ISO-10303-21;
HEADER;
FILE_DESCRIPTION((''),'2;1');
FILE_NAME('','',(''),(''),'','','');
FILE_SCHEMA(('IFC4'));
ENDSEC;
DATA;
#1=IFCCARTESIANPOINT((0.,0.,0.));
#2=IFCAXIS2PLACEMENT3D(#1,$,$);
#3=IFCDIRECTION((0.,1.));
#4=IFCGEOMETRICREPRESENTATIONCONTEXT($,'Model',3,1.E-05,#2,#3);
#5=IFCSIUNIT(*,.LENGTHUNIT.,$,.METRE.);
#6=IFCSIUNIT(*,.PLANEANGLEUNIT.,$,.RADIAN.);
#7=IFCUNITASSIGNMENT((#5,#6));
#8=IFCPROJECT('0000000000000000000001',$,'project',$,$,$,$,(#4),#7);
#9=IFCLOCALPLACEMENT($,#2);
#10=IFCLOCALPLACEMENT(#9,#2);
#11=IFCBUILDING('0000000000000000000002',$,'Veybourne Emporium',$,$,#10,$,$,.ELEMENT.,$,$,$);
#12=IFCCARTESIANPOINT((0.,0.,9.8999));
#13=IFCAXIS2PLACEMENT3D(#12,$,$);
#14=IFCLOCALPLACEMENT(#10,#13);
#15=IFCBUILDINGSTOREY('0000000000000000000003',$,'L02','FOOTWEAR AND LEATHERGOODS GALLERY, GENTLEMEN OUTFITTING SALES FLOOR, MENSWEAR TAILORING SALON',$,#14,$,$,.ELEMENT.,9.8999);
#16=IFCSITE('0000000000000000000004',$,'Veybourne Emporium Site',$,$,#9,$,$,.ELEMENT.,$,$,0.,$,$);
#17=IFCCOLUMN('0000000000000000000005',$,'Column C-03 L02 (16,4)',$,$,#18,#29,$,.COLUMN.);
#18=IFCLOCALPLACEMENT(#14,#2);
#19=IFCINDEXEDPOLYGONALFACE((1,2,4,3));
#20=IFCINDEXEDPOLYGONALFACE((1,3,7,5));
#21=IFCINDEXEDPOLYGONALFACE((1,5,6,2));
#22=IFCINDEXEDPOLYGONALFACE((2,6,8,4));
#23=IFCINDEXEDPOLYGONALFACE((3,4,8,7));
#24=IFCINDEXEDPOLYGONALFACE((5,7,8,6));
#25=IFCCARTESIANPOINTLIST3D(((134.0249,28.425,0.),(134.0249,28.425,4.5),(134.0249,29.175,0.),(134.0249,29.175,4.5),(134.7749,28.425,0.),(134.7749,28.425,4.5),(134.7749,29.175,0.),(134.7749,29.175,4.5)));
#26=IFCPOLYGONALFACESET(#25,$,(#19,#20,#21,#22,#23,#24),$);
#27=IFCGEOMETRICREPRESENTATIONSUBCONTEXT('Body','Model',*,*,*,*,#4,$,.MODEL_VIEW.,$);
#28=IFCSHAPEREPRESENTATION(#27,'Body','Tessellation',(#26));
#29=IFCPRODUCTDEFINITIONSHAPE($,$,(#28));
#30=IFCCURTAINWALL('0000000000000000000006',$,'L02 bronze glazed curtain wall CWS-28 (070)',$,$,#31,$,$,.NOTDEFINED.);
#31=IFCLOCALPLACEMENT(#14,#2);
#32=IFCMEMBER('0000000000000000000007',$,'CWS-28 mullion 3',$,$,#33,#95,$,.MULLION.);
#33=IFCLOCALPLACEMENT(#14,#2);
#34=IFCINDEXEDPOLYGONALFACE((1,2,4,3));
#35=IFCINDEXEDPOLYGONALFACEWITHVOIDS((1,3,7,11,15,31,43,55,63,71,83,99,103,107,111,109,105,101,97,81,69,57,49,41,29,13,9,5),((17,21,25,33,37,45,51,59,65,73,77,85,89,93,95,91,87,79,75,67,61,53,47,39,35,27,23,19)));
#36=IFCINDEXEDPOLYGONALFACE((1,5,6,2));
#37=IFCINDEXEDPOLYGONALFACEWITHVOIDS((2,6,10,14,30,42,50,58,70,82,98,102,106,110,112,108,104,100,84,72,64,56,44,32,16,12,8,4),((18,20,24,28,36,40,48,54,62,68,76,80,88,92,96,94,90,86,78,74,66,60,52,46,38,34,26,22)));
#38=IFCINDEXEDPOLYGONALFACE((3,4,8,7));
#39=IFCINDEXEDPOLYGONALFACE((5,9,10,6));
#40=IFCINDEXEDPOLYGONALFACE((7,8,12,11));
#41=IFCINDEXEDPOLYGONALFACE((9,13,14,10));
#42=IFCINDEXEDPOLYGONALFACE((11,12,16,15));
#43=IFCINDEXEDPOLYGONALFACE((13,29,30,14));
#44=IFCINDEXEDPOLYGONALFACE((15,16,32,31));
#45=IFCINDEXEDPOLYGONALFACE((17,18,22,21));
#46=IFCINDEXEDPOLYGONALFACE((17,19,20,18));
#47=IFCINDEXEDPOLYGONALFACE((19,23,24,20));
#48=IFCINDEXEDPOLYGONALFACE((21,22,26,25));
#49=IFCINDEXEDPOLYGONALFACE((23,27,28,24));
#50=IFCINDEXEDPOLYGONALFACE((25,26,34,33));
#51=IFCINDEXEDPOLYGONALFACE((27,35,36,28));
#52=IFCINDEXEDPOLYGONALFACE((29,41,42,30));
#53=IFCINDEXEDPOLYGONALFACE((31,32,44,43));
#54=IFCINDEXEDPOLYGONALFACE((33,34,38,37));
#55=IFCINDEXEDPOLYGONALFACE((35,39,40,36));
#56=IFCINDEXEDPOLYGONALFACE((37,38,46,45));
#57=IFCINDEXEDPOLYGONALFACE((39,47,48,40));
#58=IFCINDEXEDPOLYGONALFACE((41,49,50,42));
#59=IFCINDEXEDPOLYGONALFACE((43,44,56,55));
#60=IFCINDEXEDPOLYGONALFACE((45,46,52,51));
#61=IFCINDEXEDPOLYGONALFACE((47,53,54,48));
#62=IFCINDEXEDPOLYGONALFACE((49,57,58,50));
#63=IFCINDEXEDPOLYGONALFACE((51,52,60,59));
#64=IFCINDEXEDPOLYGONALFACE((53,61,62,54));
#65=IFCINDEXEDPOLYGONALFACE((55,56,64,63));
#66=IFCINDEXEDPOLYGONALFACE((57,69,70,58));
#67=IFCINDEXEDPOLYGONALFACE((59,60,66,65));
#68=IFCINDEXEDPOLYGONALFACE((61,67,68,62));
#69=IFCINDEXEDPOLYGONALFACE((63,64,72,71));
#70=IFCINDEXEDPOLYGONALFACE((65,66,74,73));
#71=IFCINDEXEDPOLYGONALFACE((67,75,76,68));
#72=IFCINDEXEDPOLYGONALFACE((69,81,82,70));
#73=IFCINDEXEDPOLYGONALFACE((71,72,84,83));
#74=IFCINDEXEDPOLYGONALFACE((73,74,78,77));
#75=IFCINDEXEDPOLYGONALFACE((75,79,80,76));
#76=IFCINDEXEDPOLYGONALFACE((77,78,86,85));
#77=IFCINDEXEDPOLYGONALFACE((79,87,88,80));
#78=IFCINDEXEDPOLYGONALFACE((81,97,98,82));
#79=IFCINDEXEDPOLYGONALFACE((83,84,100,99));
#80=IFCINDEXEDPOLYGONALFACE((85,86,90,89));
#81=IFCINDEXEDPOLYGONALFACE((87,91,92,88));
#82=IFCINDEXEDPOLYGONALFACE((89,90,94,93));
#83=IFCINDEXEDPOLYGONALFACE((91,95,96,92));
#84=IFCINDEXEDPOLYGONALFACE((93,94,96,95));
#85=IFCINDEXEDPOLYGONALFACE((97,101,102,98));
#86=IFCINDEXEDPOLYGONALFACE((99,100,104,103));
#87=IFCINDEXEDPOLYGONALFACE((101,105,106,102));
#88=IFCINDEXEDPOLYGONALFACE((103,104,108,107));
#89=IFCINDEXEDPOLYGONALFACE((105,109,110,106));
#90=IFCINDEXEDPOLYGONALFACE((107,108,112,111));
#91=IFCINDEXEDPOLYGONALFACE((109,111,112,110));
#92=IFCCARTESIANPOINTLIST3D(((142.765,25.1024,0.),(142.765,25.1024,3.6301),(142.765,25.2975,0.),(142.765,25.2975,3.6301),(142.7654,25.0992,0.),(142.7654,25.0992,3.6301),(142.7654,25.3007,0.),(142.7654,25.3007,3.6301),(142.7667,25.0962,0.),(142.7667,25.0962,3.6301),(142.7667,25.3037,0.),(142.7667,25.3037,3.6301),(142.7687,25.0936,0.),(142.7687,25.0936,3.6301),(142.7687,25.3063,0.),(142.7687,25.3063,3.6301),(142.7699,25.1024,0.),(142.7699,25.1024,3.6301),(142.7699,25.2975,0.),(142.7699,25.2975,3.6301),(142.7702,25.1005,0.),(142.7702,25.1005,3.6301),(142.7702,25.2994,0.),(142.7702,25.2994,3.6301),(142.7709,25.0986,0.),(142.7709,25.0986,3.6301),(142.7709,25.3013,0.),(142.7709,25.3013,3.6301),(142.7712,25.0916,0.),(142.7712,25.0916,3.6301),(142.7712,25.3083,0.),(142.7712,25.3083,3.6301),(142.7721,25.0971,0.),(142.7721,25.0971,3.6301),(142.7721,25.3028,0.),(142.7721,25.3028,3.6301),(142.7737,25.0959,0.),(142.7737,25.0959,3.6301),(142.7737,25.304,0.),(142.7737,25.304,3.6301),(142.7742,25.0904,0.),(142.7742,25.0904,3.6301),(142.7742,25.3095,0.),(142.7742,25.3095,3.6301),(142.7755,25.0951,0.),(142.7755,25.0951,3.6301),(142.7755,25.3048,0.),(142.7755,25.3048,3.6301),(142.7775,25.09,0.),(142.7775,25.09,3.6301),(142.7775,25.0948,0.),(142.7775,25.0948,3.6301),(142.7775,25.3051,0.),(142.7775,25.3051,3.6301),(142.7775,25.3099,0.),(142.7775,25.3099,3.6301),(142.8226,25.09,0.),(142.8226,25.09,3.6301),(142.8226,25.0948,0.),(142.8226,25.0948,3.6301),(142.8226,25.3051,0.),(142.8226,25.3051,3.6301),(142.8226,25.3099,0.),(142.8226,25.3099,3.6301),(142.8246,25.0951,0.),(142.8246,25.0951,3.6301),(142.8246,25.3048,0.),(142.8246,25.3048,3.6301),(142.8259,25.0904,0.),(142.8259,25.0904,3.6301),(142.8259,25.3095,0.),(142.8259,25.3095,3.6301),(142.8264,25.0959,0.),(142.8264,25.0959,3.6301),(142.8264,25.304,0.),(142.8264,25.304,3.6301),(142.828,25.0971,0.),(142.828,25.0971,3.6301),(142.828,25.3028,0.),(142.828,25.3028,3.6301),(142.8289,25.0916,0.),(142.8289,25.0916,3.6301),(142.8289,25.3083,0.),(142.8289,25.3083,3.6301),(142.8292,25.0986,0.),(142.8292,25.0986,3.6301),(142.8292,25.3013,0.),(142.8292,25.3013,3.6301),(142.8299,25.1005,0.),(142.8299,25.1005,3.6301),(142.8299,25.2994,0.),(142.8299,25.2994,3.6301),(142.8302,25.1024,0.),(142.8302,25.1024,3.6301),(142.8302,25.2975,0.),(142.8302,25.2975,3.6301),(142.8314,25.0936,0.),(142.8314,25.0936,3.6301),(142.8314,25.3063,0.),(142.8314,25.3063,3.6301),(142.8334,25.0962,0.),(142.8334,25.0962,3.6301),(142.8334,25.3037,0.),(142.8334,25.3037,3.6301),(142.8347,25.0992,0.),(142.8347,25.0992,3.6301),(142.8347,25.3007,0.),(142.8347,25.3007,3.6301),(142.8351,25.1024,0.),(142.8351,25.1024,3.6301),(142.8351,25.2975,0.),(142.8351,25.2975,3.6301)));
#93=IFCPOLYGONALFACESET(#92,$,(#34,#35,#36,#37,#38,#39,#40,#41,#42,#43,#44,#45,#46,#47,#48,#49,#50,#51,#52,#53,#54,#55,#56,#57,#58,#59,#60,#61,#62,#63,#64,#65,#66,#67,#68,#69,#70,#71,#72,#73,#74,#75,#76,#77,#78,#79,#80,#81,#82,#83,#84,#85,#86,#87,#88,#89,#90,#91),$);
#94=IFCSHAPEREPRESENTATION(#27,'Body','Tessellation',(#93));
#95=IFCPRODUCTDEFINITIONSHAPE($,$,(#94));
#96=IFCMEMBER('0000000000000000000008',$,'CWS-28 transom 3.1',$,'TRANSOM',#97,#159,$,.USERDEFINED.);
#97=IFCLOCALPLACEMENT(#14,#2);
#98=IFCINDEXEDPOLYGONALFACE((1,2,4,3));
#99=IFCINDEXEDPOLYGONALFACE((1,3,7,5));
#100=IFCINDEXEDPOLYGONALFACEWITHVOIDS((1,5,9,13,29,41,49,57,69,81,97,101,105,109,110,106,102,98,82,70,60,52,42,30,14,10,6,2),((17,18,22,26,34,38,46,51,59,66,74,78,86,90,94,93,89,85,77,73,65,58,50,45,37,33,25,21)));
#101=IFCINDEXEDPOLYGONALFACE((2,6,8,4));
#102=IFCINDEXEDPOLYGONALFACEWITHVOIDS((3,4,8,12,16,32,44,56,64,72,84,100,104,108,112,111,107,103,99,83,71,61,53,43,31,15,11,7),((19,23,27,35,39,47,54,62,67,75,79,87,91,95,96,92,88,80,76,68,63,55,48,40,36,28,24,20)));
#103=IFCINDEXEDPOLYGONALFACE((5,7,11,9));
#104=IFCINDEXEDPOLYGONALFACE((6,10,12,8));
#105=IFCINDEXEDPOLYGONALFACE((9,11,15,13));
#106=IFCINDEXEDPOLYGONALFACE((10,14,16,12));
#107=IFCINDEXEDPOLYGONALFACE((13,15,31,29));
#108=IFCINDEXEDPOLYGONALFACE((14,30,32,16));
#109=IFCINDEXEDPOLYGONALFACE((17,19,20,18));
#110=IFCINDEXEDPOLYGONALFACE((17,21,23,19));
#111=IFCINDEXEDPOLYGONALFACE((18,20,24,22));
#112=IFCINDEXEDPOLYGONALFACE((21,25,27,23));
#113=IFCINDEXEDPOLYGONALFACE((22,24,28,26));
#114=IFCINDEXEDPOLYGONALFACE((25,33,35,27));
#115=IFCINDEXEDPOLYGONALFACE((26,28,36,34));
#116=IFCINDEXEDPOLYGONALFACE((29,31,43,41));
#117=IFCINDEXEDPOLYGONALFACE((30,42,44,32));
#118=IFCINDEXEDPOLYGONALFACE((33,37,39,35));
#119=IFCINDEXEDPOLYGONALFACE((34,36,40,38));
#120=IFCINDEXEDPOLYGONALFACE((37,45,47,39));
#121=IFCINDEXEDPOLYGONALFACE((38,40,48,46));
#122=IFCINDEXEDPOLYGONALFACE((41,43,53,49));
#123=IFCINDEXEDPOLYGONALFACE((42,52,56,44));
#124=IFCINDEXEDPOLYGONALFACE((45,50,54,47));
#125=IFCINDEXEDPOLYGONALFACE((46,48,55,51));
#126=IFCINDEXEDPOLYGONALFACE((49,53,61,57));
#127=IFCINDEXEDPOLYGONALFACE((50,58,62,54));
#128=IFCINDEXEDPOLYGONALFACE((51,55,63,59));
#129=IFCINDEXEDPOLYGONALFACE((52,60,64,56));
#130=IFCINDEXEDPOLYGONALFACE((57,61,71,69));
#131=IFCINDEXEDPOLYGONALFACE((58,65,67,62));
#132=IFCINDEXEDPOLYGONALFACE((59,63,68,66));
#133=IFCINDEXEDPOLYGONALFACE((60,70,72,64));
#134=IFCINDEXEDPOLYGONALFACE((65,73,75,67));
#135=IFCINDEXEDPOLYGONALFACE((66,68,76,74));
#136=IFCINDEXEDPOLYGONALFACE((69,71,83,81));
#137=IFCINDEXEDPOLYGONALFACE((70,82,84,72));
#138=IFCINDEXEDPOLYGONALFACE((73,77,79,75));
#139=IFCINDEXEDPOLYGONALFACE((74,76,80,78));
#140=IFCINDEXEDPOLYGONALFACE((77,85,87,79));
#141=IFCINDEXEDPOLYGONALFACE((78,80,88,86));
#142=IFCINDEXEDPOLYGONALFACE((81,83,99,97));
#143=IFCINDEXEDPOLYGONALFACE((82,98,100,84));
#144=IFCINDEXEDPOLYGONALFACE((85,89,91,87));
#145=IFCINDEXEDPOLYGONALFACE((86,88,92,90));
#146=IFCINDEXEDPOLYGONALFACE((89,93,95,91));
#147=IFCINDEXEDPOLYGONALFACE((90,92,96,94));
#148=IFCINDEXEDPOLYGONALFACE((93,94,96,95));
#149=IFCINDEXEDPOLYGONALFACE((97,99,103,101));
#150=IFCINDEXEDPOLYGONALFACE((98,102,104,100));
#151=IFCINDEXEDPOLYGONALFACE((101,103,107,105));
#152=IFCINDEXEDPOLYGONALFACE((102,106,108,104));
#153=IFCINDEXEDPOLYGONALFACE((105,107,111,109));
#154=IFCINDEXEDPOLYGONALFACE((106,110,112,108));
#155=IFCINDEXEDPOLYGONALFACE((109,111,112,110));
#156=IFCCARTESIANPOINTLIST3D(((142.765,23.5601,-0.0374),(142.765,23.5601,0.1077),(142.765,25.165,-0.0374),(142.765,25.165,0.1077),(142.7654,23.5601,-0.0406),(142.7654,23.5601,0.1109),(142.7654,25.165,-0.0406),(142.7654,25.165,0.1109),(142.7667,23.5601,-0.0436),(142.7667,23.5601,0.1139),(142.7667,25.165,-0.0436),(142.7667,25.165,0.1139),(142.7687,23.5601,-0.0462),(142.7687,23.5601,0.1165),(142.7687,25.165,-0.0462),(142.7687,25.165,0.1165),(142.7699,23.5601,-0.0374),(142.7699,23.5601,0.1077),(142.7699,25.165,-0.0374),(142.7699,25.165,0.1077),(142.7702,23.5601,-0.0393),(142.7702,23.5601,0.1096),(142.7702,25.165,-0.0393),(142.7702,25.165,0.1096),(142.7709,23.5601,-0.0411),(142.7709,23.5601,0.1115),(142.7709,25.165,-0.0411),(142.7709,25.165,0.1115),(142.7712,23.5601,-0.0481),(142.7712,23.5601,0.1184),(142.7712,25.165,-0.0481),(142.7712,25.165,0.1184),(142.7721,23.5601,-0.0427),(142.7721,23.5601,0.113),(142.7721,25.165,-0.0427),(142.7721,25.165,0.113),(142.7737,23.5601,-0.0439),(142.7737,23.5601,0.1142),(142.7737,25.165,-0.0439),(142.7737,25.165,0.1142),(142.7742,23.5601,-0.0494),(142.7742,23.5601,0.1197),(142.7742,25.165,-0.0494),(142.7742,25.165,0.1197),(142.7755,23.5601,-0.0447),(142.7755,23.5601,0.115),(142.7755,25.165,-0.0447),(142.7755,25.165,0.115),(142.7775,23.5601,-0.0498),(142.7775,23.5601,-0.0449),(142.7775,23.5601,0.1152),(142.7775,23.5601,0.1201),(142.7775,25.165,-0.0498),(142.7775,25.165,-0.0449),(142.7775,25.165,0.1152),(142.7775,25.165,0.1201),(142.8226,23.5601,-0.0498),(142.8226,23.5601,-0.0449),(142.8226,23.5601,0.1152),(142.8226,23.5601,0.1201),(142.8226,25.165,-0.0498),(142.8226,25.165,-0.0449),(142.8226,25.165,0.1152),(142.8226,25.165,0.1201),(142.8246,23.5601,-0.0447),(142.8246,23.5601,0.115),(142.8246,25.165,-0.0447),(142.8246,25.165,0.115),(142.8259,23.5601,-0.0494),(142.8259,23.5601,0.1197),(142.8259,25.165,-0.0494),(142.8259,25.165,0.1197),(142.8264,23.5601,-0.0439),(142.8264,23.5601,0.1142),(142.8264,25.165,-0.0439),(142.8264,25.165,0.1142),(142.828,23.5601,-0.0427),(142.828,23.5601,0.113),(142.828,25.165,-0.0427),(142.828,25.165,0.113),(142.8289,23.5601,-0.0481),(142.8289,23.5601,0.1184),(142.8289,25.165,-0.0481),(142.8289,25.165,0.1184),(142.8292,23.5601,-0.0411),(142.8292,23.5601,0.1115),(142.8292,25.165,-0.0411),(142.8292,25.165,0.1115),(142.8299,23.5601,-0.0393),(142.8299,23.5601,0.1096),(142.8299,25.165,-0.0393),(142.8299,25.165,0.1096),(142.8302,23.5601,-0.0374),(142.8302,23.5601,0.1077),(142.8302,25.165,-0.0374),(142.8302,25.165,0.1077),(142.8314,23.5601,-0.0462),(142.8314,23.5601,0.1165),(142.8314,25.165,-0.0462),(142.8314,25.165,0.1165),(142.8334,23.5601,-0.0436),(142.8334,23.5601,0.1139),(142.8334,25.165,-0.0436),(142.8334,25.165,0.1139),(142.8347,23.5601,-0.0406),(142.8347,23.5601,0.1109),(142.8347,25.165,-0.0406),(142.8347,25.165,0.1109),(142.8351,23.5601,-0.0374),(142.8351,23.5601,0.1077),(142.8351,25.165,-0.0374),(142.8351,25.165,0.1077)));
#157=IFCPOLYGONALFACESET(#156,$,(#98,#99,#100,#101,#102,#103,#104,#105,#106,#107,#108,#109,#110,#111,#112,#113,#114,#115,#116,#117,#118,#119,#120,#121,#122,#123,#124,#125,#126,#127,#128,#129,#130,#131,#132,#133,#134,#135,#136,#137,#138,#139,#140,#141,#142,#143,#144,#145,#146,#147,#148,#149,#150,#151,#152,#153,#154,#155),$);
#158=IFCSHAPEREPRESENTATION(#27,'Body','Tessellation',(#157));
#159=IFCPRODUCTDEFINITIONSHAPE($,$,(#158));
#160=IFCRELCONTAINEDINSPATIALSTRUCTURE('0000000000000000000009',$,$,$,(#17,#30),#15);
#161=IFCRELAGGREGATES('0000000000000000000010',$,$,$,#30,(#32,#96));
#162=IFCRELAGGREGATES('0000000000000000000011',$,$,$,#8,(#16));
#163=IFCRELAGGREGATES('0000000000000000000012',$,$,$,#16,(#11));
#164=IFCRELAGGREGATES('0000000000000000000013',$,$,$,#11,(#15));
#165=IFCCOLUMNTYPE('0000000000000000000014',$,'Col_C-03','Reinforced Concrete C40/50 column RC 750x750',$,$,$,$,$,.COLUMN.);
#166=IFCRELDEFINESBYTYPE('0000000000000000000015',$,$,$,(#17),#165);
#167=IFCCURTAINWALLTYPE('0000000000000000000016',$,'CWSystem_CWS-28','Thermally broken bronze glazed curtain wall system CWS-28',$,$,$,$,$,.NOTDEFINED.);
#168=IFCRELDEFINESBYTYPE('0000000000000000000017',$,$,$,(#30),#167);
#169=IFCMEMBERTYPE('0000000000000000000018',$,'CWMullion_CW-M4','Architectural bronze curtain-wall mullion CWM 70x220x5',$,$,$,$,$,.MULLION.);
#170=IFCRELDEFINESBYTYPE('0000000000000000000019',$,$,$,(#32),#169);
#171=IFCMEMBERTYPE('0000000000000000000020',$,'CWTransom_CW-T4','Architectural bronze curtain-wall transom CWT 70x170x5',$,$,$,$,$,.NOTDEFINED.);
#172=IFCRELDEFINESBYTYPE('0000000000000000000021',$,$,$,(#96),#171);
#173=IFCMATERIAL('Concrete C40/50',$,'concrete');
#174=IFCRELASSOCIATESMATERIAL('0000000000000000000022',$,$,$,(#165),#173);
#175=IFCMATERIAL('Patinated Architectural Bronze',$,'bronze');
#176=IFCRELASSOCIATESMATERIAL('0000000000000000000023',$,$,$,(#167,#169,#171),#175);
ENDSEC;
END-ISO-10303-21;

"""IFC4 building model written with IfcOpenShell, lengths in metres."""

from ifc_helpers import new_model, si_unit, direction, frame, origin, origin_2d, place, context, subcontext, project, spatial, rectangle, hollow_rectangle, extrude, material, material_profile, profile_set, type_object, element, aggregate, save


model = new_model("IFC4")

# Units and contexts
model_context = context("Model", 3, precision=1e-05, world=origin(), true_north=direction((0.0, 1.0)))
body_context = subcontext(model_context, "Body", "Model", "MODEL_VIEW")
ifc_project = project(units=[si_unit("LENGTHUNIT", "METRE"), si_unit("PLANEANGLEUNIT", "RADIAN")], contexts=[model_context])

# Site, building, storey
site_placement = place(None, origin())
site = spatial("IfcSite", under=ifc_project, at=site_placement, Name="Veybourne Emporium Site", CompositionType="ELEMENT", RefElevation=0.0)
building_placement = place(site_placement, origin())
building = spatial("IfcBuilding", under=site, at=building_placement, Name="Veybourne Emporium", CompositionType="ELEMENT")
storey_placement = place(building_placement, frame((0.0, 0.0, 9.8999)))
storey = spatial("IfcBuildingStorey", under=building, at=storey_placement, Name="L02", Description="FOOTWEAR AND LEATHERGOODS GALLERY, GENTLEMEN OUTFITTING SALES FLOOR, MENSWEAR TAILORING SALON", CompositionType="ELEMENT", Elevation=9.8999)

# Column
ifc_material_1 = material(Name="Concrete C40/50", Category="concrete")
ifc_material_profile_1 = material_profile(ifc_material_1, rectangle(XDim=0.75, YDim=0.75, at=origin_2d()), Name="RC 750x750")
ifc_profile_set_1 = profile_set([ifc_material_profile_1], Name="Concrete C40/50")
column_type = type_object("IfcColumnType", Name="Col_C-03", Description="Reinforced Concrete C40/50 column RC 750x750", PredefinedType="COLUMN", material=ifc_profile_set_1)
column_placement = place(storey_placement, frame((134.3999, 28.8, 0.0), z_axis=(0.0, 0.0, 1.0), x_axis=(1.0, 0.0, 0.0)))
element("IfcColumn", 1, at=column_placement, inside=storey, type_object=column_type, Name="Column C-03 L02 (16,4)", PredefinedType="COLUMN", context=body_context, shape_type="SweptSolid", body=[
    extrude(rectangle(XDim=0.75, YDim=0.75, at=origin_2d()), origin(), (0.0, 0.0, 1.0), 4.5),
])

# Curtain wall, members
ifc_material_2 = material(Name="Patinated Architectural Bronze", Category="bronze")
curtain_wall_type = type_object("IfcCurtainWallType", Name="CWSystem_CWS-28", Description="Thermally broken bronze glazed curtain wall system CWS-28", PredefinedType="NOTDEFINED", material=ifc_material_2)
curtain_wall_placement = place(storey_placement, origin())
curtain_wall = element("IfcCurtainWall", 2, at=curtain_wall_placement, inside=storey, type_object=curtain_wall_type, Name="L02 bronze glazed curtain wall CWS-28 (070)", PredefinedType="NOTDEFINED")
ifc_material_profile_2 = material_profile(ifc_material_2, hollow_rectangle(XDim=0.0701, YDim=0.22, WallThickness=0.0049, InnerFilletRadius=0.0076, OuterFilletRadius=0.0125, at=origin_2d()), Name="CWM 70x220x5")
ifc_profile_set_2 = profile_set([ifc_material_profile_2], Name="Patinated Architectural Bronze")
member_type_1 = type_object("IfcMemberType", Name="CWMullion_CW-M4", Description="Architectural bronze curtain-wall mullion CWM 70x220x5", PredefinedType="MULLION", material=ifc_profile_set_2)
member_1_placement = place(storey_placement, frame((142.8, 25.2, 0.0), z_axis=(0.0, 0.0, 1.0), x_axis=(1.0, 0.0, 0.0)))
member_1 = element("IfcMember", 3, at=member_1_placement, type_object=member_type_1, Name="CWS-28 mullion 3", PredefinedType="MULLION", context=body_context, shape_type="SweptSolid", body=[
    extrude(hollow_rectangle(XDim=0.0701, YDim=0.22, WallThickness=0.0049, InnerFilletRadius=0.0076, OuterFilletRadius=0.0125, at=origin_2d()), origin(), (0.0, 0.0, 1.0), 3.6301),
])
ifc_material_profile_3 = material_profile(ifc_material_2, hollow_rectangle(XDim=0.0701, YDim=0.1699, WallThickness=0.0049, InnerFilletRadius=0.0076, OuterFilletRadius=0.0125, at=origin_2d()), Name="CWT 70x170x5")
ifc_profile_set_3 = profile_set([ifc_material_profile_3], Name="Patinated Architectural Bronze")
member_type_2 = type_object("IfcMemberType", Name="CWTransom_CW-T4", Description="Architectural bronze curtain-wall transom CWT 70x170x5", PredefinedType="NOTDEFINED", material=ifc_profile_set_3)
member_2_placement = place(storey_placement, frame((142.8, 25.165, 0.0352), z_axis=(0.0, -1.0, 0.0), x_axis=(1.0, 0.0, 0.0)))
member_2 = element("IfcMember", 4, at=member_2_placement, type_object=member_type_2, Name="CWS-28 transom 3.1", ObjectType="TRANSOM", PredefinedType="USERDEFINED", context=body_context, shape_type="SweptSolid", body=[
    extrude(hollow_rectangle(XDim=0.0701, YDim=0.1699, WallThickness=0.0049, InnerFilletRadius=0.0076, OuterFilletRadius=0.0125, at=origin_2d()), origin(), (0.0, 0.0, 1.0), 1.605),
])

aggregate(curtain_wall, [member_1, member_2])

save(model, "model.ifc")
